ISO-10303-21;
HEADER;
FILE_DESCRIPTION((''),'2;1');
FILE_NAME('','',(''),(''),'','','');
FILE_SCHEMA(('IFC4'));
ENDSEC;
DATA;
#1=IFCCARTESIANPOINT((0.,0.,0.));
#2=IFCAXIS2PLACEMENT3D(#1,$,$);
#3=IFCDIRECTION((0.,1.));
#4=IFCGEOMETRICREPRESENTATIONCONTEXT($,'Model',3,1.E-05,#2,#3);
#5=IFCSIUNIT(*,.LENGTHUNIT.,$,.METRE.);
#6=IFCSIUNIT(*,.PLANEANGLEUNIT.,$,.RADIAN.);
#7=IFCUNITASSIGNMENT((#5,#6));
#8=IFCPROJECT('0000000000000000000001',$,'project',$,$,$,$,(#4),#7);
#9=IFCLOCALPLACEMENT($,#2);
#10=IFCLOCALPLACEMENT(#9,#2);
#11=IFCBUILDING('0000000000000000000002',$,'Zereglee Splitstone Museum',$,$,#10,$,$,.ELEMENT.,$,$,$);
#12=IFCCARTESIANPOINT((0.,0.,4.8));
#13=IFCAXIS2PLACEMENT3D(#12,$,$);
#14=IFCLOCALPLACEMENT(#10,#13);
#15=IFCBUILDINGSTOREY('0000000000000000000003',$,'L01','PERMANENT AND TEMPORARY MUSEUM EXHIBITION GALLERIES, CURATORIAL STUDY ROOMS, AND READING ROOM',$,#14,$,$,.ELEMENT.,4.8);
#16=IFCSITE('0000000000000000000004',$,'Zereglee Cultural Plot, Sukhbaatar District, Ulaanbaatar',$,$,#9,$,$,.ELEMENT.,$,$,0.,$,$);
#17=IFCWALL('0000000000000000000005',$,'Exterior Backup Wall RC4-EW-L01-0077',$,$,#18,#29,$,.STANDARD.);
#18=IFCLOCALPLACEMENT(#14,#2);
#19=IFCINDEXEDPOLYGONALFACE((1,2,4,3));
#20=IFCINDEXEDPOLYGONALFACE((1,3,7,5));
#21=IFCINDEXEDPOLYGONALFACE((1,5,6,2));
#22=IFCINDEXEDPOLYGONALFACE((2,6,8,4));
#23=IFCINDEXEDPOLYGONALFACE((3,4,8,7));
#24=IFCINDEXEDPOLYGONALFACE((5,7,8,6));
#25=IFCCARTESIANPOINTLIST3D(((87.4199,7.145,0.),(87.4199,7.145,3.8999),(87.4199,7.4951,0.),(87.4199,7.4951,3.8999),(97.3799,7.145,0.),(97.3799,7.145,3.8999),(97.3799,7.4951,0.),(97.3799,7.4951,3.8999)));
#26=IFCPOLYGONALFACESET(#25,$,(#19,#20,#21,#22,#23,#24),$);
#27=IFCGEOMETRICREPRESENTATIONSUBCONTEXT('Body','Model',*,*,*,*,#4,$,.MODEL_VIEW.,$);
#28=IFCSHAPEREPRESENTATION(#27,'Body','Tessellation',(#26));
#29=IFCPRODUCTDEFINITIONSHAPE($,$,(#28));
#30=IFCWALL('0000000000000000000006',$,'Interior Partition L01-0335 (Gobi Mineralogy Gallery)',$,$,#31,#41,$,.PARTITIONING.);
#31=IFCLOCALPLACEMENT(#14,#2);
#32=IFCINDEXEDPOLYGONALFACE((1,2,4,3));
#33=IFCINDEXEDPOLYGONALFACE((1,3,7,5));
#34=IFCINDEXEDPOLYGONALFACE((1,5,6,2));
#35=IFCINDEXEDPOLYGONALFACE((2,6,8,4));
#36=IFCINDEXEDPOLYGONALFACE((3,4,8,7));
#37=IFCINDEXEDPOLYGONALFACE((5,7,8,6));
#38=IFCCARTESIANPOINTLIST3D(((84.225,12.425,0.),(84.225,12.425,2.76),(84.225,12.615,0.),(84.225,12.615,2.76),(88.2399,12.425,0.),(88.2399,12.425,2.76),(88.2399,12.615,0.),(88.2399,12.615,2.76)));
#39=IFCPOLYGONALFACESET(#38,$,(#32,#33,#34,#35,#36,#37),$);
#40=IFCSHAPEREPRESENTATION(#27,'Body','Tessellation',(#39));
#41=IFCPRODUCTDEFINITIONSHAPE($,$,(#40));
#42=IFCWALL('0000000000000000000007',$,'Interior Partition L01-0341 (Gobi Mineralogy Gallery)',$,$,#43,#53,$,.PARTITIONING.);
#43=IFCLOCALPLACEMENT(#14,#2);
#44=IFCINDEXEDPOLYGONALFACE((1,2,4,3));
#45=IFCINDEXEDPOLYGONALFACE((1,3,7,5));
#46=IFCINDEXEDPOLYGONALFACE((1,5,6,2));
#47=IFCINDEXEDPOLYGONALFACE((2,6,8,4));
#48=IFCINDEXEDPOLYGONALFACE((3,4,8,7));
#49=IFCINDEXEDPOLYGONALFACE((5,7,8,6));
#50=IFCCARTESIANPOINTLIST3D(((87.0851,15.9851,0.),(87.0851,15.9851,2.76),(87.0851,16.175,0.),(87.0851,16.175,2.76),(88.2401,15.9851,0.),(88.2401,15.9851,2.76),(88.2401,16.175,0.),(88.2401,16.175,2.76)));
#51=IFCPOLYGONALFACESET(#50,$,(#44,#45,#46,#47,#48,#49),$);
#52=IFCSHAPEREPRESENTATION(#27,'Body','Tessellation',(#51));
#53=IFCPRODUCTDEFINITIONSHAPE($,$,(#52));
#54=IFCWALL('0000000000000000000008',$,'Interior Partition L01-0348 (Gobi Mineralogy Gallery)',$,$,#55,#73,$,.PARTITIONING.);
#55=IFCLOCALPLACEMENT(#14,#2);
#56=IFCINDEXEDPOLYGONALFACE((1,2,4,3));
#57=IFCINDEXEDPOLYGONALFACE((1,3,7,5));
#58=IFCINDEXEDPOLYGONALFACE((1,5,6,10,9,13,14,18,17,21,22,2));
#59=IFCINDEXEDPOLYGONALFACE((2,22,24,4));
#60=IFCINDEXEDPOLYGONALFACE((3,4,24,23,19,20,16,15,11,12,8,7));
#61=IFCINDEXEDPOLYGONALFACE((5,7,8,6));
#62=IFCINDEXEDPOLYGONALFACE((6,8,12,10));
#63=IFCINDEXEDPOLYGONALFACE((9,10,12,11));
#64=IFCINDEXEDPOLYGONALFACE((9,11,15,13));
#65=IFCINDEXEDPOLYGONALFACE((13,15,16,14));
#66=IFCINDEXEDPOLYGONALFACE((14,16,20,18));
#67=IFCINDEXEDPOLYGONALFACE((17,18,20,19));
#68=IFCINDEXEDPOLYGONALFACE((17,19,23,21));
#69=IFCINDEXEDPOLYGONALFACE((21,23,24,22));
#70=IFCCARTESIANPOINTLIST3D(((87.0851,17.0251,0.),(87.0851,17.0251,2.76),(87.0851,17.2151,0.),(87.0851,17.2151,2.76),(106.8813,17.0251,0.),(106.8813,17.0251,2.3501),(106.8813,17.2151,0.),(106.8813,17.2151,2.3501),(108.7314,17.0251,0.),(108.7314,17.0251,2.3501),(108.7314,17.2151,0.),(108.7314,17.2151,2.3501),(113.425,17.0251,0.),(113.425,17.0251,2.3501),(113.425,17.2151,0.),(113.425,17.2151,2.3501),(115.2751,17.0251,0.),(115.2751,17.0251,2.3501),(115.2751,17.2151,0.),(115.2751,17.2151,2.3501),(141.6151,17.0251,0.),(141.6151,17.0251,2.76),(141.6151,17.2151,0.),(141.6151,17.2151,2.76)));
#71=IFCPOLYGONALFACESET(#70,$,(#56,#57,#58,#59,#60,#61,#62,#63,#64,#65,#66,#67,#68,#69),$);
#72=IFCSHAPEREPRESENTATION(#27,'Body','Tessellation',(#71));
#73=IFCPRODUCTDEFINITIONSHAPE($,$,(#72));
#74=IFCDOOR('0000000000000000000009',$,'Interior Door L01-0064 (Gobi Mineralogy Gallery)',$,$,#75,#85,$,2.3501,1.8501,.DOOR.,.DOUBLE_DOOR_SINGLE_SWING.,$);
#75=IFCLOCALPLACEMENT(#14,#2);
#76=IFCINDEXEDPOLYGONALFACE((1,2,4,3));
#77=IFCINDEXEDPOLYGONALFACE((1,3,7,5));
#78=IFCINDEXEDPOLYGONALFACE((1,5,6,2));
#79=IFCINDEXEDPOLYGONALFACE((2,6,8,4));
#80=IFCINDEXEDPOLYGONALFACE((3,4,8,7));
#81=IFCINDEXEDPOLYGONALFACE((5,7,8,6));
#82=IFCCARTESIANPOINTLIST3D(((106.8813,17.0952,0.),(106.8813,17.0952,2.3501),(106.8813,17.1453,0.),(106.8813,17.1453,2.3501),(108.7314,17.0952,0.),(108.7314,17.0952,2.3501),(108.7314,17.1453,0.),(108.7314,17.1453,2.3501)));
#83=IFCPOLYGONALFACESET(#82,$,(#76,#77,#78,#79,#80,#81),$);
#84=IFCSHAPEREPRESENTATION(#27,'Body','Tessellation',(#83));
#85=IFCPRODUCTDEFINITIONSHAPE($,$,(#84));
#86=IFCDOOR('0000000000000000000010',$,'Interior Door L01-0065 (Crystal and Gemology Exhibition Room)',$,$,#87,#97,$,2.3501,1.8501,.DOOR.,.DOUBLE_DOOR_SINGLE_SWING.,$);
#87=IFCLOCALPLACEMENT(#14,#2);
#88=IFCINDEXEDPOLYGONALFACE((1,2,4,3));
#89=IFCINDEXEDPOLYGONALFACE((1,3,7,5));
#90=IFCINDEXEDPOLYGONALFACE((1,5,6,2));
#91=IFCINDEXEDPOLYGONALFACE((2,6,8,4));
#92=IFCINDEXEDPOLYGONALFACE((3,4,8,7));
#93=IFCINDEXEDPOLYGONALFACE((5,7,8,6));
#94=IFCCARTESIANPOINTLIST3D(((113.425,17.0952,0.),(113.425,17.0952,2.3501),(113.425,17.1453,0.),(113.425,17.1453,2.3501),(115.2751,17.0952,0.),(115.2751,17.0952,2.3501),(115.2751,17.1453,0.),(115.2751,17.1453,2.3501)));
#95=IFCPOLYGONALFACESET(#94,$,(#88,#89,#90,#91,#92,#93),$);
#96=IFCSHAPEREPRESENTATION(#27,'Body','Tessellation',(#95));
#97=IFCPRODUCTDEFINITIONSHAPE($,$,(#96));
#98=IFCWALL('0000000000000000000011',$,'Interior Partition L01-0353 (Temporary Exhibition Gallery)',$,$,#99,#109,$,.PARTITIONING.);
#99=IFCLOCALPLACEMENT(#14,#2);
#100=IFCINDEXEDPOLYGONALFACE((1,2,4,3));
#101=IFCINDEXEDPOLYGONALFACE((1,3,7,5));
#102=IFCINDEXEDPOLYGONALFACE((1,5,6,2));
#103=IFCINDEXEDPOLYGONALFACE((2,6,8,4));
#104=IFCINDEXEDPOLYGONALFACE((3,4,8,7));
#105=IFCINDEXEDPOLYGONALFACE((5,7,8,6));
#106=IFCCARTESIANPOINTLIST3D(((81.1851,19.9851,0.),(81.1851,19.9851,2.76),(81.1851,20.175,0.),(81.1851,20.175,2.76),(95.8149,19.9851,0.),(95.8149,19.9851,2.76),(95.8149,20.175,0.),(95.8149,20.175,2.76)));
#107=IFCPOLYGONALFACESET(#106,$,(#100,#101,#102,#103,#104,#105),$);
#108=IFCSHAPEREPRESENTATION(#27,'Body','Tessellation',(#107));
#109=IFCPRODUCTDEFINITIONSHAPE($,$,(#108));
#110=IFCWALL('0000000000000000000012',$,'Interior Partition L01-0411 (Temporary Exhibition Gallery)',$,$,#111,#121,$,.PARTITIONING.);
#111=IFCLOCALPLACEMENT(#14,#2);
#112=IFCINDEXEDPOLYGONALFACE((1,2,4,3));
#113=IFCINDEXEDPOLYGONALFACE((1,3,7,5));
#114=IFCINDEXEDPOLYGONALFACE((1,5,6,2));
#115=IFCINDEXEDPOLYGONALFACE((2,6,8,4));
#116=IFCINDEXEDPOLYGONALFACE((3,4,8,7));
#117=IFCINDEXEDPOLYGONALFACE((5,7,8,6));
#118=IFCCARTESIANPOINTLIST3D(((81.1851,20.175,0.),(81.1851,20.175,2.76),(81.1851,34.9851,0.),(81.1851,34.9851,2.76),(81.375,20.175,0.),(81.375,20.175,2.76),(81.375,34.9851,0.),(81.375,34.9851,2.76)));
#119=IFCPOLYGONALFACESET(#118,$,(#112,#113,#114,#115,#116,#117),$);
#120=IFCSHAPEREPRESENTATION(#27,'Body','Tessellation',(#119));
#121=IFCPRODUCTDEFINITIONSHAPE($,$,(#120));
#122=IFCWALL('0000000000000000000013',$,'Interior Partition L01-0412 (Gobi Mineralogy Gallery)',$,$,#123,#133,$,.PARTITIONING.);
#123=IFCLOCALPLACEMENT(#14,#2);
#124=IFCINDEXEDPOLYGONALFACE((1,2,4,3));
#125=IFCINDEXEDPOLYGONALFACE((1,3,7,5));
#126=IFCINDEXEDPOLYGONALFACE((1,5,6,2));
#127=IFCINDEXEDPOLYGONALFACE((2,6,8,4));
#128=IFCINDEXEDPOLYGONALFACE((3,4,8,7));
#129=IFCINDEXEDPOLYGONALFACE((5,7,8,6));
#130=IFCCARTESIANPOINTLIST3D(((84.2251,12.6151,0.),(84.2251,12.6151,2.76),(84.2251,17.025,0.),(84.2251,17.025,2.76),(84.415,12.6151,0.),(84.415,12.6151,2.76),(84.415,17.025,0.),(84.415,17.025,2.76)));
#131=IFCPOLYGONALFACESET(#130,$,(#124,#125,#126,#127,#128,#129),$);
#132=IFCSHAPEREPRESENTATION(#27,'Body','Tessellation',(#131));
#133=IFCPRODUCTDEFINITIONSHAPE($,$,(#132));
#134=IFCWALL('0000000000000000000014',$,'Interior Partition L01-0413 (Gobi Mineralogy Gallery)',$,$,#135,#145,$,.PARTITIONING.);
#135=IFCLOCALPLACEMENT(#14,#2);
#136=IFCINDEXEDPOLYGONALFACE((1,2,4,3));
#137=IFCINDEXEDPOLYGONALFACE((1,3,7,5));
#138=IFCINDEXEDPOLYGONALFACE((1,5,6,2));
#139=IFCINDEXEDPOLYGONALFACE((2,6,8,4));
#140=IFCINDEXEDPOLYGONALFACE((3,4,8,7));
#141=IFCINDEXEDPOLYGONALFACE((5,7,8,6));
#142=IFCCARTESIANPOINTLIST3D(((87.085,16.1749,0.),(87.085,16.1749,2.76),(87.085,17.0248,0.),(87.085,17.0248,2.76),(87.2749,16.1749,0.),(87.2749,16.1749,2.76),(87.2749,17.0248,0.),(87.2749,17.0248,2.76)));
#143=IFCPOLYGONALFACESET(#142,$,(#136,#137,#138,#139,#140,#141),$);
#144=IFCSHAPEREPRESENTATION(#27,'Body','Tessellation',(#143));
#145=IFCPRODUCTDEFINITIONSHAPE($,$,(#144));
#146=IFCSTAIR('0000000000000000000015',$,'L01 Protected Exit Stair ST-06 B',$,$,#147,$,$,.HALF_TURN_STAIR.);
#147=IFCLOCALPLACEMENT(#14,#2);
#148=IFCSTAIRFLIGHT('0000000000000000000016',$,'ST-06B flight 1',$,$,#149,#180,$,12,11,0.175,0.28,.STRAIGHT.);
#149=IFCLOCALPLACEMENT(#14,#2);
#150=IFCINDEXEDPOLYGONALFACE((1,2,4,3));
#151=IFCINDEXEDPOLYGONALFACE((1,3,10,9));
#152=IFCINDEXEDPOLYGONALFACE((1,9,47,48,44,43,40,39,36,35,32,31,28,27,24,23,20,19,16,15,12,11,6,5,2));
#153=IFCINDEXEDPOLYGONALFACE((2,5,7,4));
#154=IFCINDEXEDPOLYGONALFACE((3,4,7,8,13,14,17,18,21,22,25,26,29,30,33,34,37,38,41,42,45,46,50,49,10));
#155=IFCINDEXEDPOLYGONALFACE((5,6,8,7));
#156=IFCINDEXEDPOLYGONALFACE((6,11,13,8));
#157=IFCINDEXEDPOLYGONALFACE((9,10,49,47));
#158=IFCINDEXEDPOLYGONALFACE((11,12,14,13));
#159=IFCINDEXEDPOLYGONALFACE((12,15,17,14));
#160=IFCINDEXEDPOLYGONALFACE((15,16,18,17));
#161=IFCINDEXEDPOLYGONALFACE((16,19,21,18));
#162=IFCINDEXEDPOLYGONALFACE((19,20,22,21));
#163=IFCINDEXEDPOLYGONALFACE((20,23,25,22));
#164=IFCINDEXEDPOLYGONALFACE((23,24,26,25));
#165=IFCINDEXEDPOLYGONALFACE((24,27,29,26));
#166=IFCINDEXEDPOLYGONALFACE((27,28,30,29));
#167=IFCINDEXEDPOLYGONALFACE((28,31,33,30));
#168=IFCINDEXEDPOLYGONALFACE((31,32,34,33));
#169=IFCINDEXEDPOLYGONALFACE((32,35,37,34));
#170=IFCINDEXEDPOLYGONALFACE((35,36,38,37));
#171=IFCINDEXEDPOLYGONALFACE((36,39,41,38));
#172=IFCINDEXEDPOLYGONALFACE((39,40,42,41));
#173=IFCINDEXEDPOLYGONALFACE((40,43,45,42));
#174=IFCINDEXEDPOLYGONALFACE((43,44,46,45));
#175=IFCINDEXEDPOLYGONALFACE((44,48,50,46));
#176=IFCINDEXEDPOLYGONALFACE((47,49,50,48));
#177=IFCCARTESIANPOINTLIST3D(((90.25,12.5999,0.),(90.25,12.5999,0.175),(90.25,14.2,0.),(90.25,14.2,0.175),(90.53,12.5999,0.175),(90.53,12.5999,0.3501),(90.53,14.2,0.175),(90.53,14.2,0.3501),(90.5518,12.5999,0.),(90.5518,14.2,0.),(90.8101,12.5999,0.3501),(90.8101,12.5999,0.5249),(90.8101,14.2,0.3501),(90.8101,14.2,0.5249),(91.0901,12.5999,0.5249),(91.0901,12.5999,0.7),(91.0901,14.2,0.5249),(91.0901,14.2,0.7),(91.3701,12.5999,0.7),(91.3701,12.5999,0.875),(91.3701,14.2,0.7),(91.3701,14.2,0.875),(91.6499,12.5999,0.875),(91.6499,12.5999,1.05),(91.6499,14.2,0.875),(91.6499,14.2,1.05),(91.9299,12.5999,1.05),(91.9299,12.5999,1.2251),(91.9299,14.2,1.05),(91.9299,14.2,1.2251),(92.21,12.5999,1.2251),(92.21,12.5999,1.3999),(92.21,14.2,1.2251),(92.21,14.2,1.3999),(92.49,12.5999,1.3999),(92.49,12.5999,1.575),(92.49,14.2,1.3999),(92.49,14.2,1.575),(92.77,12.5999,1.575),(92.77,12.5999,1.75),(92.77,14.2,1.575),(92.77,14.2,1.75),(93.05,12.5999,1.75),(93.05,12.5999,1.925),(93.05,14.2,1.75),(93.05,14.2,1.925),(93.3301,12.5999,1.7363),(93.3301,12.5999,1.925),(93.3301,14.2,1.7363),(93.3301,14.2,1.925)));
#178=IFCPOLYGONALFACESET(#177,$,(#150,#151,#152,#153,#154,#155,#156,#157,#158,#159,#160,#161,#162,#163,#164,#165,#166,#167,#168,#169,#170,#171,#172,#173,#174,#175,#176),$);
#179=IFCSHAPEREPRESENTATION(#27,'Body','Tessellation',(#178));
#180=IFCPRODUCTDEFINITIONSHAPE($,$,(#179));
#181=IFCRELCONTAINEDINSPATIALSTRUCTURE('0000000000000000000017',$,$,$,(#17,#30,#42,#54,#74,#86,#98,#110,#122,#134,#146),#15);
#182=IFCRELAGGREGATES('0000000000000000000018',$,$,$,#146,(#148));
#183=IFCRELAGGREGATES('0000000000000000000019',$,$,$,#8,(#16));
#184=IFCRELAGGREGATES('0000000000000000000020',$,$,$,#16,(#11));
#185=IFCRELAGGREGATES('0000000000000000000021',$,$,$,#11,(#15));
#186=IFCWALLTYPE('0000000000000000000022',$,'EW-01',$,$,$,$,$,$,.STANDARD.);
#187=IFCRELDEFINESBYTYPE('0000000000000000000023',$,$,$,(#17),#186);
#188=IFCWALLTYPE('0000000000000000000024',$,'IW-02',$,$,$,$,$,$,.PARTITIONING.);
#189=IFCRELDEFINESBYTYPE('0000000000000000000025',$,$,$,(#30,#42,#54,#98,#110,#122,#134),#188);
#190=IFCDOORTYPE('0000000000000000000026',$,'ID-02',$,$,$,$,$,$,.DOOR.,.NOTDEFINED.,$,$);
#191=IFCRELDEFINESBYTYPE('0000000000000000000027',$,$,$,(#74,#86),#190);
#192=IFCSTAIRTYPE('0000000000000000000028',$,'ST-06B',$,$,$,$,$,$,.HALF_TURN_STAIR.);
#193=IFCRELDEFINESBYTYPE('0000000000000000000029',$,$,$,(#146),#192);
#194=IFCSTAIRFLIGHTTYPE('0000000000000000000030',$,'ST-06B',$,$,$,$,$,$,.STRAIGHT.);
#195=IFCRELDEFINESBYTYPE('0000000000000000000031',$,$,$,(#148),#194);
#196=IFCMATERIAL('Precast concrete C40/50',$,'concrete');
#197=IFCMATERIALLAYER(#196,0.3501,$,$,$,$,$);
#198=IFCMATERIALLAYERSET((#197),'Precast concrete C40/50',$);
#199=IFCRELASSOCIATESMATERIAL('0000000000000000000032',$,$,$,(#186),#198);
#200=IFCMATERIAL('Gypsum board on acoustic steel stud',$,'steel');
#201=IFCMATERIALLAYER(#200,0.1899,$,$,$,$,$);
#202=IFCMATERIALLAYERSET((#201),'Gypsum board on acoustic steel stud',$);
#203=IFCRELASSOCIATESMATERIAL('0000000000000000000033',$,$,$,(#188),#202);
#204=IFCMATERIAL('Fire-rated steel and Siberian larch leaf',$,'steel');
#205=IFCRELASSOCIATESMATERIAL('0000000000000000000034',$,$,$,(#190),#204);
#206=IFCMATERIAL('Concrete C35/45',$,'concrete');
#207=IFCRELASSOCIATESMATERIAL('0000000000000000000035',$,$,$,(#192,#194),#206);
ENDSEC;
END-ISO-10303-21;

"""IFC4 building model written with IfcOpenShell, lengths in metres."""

from ifc_helpers import new_model, si_unit, direction, frame, frame_2d, origin, place, context, subcontext, project, spatial, polyline, rectangle, outline, extrude, material, layer, layer_set, type_object, element, fill, aggregate, save


model = new_model("IFC4")

# Units and contexts
model_context = context("Model", 3, precision=1e-05, world=origin(), true_north=direction((0.0, 1.0)))
body_context = subcontext(model_context, "Body", "Model", "MODEL_VIEW")
ifc_project = project(units=[si_unit("LENGTHUNIT", "METRE"), si_unit("PLANEANGLEUNIT", "RADIAN")], contexts=[model_context])

# Site, building, storey
site_placement = place(None, origin())
site = spatial("IfcSite", under=ifc_project, at=site_placement, Name="Zereglee Cultural Plot, Sukhbaatar District, Ulaanbaatar", CompositionType="ELEMENT", RefElevation=0.0)
building_placement = place(site_placement, origin())
building = spatial("IfcBuilding", under=site, at=building_placement, Name="Zereglee Splitstone Museum", CompositionType="ELEMENT")
storey_placement = place(building_placement, frame((0.0, 0.0, 4.8)))
storey = spatial("IfcBuildingStorey", under=building, at=storey_placement, Name="L01", Description="PERMANENT AND TEMPORARY MUSEUM EXHIBITION GALLERIES, CURATORIAL STUDY ROOMS, AND READING ROOM", CompositionType="ELEMENT", Elevation=4.8)

# Shared definitions
ifc_material_1 = material(Name="Fire-rated steel and Siberian larch leaf", Category="steel")

# Walls
ifc_material_2 = material(Name="Precast concrete C40/50", Category="concrete")
ifc_layer_1 = layer(ifc_material_2, 0.3501)
ifc_layer_set_1 = layer_set([ifc_layer_1], Name="Precast concrete C40/50")
wall_type_1 = type_object("IfcWallType", Name="EW-01", PredefinedType="STANDARD", material=ifc_layer_set_1)
wall_1_placement = place(storey_placement, frame((87.4199, 7.3201, 0.0), z_axis=(0.0, 0.0, 1.0), x_axis=(1.0, 0.0, 0.0)))
element("IfcWall", 1, at=wall_1_placement, inside=storey, type_object=wall_type_1, Name="Exterior Backup Wall RC4-EW-L01-0077", PredefinedType="STANDARD", context=body_context, shape_type="SweptSolid", body=[
    extrude(rectangle(XDim=9.96, YDim=0.3501, at=frame_2d((4.98, 0.0))), origin(), (0.0, 0.0, 1.0), 3.8999),
])
ifc_material_3 = material(Name="Gypsum board on acoustic steel stud", Category="steel")
ifc_layer_2 = layer(ifc_material_3, 0.1899)
ifc_layer_set_2 = layer_set([ifc_layer_2], Name="Gypsum board on acoustic steel stud")
wall_type_2 = type_object("IfcWallType", Name="IW-02", PredefinedType="PARTITIONING", material=ifc_layer_set_2)
wall_2_placement = place(storey_placement, frame((84.2251, 12.52, 0.0), z_axis=(0.0, 0.0, 1.0), x_axis=(1.0, 0.0, 0.0)))
element("IfcWall", 2, at=wall_2_placement, inside=storey, type_object=wall_type_2, Name="Interior Partition L01-0335 (Gobi Mineralogy Gallery)", PredefinedType="PARTITIONING", context=body_context, shape_type="SweptSolid", body=[
    extrude(rectangle(XDim=4.0149, YDim=0.1899, at=frame_2d((2.0073, 0.0))), origin(), (0.0, 0.0, 1.0), 2.76),
])
wall_3_placement = place(storey_placement, frame((87.085, 16.0801, 0.0), z_axis=(0.0, 0.0, 1.0), x_axis=(1.0, 0.0, 0.0)))
element("IfcWall", 3, at=wall_3_placement, inside=storey, type_object=wall_type_2, Name="Interior Partition L01-0341 (Gobi Mineralogy Gallery)", PredefinedType="PARTITIONING", context=body_context, shape_type="SweptSolid", body=[
    extrude(rectangle(XDim=1.155, YDim=0.1899, at=frame_2d((0.5776, 0.0))), origin(), (0.0, 0.0, 1.0), 2.76),
])

# Wall, openings, doors
wall_4_placement = place(storey_placement, frame((87.085, 17.1201, 0.0), z_axis=(0.0, 0.0, 1.0), x_axis=(1.0, 0.0, 0.0)))
wall_4 = element("IfcWall", 4, at=wall_4_placement, inside=storey, type_object=wall_type_2, Name="Interior Partition L01-0348 (Gobi Mineralogy Gallery)", PredefinedType="PARTITIONING", context=body_context, shape_type="SweptSolid", body=[
    extrude(rectangle(XDim=54.53, YDim=0.1899, at=frame_2d((27.2651, 0.0))), origin(), (0.0, 0.0, 1.0), 2.76),
])
opening_1_placement = place(wall_4_placement, frame((19.7964, 0.0, 0.0)))
opening_1 = element("IfcOpeningElement", 5, at=opening_1_placement, cuts=wall_4, PredefinedType="OPENING", context=body_context, shape_type="SweptSolid", body=[
    extrude(rectangle(XDim=1.8501, YDim=2.3501, at=frame_2d((0.925, 1.175))), frame((0.0, 0.1099, 0.0), z_axis=(0.0, -1.0, 0.0), x_axis=(1.0, 0.0, 0.0)), (0.0, 0.0, 1.0), 0.2197),
])
opening_2_placement = place(wall_4_placement, frame((26.3401, 0.0, 0.0)))
opening_2 = element("IfcOpeningElement", 6, at=opening_2_placement, cuts=wall_4, PredefinedType="OPENING", context=body_context, shape_type="SweptSolid", body=[
    extrude(rectangle(XDim=1.8501, YDim=2.3501, at=frame_2d((0.925, 1.175))), frame((0.0, 0.1099, 0.0), z_axis=(0.0, -1.0, 0.0), x_axis=(1.0, 0.0, 0.0)), (0.0, 0.0, 1.0), 0.2197),
])
door_type_1 = type_object("IfcDoorType", Name="ID-02", OperationType="NOTDEFINED", PredefinedType="DOOR", material=ifc_material_1)
door_1_placement = place(opening_1_placement, frame((1.8501, 0.0, 0.0), z_axis=(0.0, 0.0, 1.0), x_axis=(-1.0, 0.0, 0.0)))
door_1 = element("IfcDoor", 7, at=door_1_placement, inside=storey, type_object=door_type_1, Name="Interior Door L01-0064 (Gobi Mineralogy Gallery)", OperationType="DOUBLE_DOOR_SINGLE_SWING", OverallHeight=2.3501, OverallWidth=1.8501, PredefinedType="DOOR", context=body_context, shape_type="SweptSolid", body=[
    extrude(rectangle(XDim=1.8501, YDim=2.3501, at=frame_2d((0.925, 1.175))), frame((0.0, 0.0249, 0.0), z_axis=(0.0, -1.0, 0.0), x_axis=(1.0, 0.0, 0.0)), (0.0, 0.0, 1.0), 0.05),
])
fill(opening_1, door_1)
door_2_placement = place(opening_2_placement, frame((1.8501, 0.0, 0.0), z_axis=(0.0, 0.0, 1.0), x_axis=(-1.0, 0.0, 0.0)))
door_2 = element("IfcDoor", 8, at=door_2_placement, inside=storey, type_object=door_type_1, Name="Interior Door L01-0065 (Crystal and Gemology Exhibition Room)", OperationType="DOUBLE_DOOR_SINGLE_SWING", OverallHeight=2.3501, OverallWidth=1.8501, PredefinedType="DOOR", context=body_context, shape_type="SweptSolid", body=[
    extrude(rectangle(XDim=1.8501, YDim=2.3501, at=frame_2d((0.925, 1.175))), frame((0.0, 0.0249, 0.0), z_axis=(0.0, -1.0, 0.0), x_axis=(1.0, 0.0, 0.0)), (0.0, 0.0, 1.0), 0.05),
])
fill(opening_2, door_2)

# Walls
wall_5_placement = place(storey_placement, frame((81.1851, 20.0801, 0.0), z_axis=(0.0, 0.0, 1.0), x_axis=(1.0, 0.0, 0.0)))
element("IfcWall", 9, at=wall_5_placement, inside=storey, type_object=wall_type_2, Name="Interior Partition L01-0353 (Temporary Exhibition Gallery)", PredefinedType="PARTITIONING", context=body_context, shape_type="SweptSolid", body=[
    extrude(rectangle(XDim=14.6299, YDim=0.1899, at=frame_2d((7.3149, 0.0))), origin(), (0.0, 0.0, 1.0), 2.76),
])
wall_6_placement = place(storey_placement, frame((81.28, 20.175, 0.0), z_axis=(0.0, 0.0, 1.0), x_axis=(0.0, 1.0, 0.0)))
element("IfcWall", 10, at=wall_6_placement, inside=storey, type_object=wall_type_2, Name="Interior Partition L01-0411 (Temporary Exhibition Gallery)", PredefinedType="PARTITIONING", context=body_context, shape_type="SweptSolid", body=[
    extrude(rectangle(XDim=14.8101, YDim=0.1899, at=frame_2d((7.405, 0.0))), origin(), (0.0, 0.0, 1.0), 2.76),
])
wall_7_placement = place(storey_placement, frame((84.3201, 12.615, 0.0), z_axis=(0.0, 0.0, 1.0), x_axis=(0.0, 1.0, 0.0)))
element("IfcWall", 11, at=wall_7_placement, inside=storey, type_object=wall_type_2, Name="Interior Partition L01-0412 (Gobi Mineralogy Gallery)", PredefinedType="PARTITIONING", context=body_context, shape_type="SweptSolid", body=[
    extrude(rectangle(XDim=4.4099, YDim=0.1899, at=frame_2d((2.2051, 0.0))), origin(), (0.0, 0.0, 1.0), 2.76),
])
wall_8_placement = place(storey_placement, frame((87.1799, 16.175, 0.0), z_axis=(0.0, 0.0, 1.0), x_axis=(0.0, 1.0, 0.0)))
element("IfcWall", 12, at=wall_8_placement, inside=storey, type_object=wall_type_2, Name="Interior Partition L01-0413 (Gobi Mineralogy Gallery)", PredefinedType="PARTITIONING", context=body_context, shape_type="SweptSolid", body=[
    extrude(rectangle(XDim=0.8499, YDim=0.1899, at=frame_2d((0.4248, 0.0))), origin(), (0.0, 0.0, 1.0), 2.76),
])

# Stair, stair flight
ifc_material_4 = material(Name="Concrete C35/45", Category="concrete")
stair_type = type_object("IfcStairType", Name="ST-06B", PredefinedType="HALF_TURN_STAIR", material=ifc_material_4)
stair_placement = place(storey_placement, origin())
stair = element("IfcStair", 13, at=stair_placement, inside=storey, type_object=stair_type, Name="L01 Protected Exit Stair ST-06 B", PredefinedType="HALF_TURN_STAIR")
stair_flight_type = type_object("IfcStairFlightType", Name="ST-06B", PredefinedType="STRAIGHT", material=ifc_material_4)
stair_flight_placement = place(storey_placement, frame((90.25, 13.3999, 0.0), z_axis=(0.0, 0.0, 1.0), x_axis=(1.0, 0.0, 0.0)))
stair_flight = element("IfcStairFlight", 14, at=stair_flight_placement, type_object=stair_flight_type, Name="ST-06B flight 1", NumberOfRisers=12, NumberOfTreads=11, PredefinedType="STRAIGHT", RiserHeight=0.175, TreadLength=0.28, context=body_context, shape_type="SweptSolid", body=[
    extrude(outline(polyline([(0.0, 0.0), (0.0, 0.175), (0.28, 0.175), (0.28, 0.3501), (0.5601, 0.3501), (0.5601, 0.5249), (0.8401, 0.5249), (0.8401, 0.7), (1.1201, 0.7), (1.1201, 0.875), (1.3999, 0.875), (1.3999, 1.05), (1.6799, 1.05), (1.6799, 1.2251), (1.96, 1.2251), (1.96, 1.3999), (2.24, 1.3999), (2.24, 1.575), (2.52, 1.575), (2.52, 1.75), (2.8, 1.75), (2.8, 1.925), (3.0801, 1.925), (3.0801, 2.1001), (3.0801, 1.7363), (0.3018, 0.0), (0.0, 0.0)])), frame((0.0, 0.8, 0.0), z_axis=(0.0, -1.0, 0.0), x_axis=(1.0, 0.0, 0.0)), (0.0, 0.0, 1.0), 1.6001),
])
aggregate(stair, [stair_flight])

save(model, "model.ifc")
